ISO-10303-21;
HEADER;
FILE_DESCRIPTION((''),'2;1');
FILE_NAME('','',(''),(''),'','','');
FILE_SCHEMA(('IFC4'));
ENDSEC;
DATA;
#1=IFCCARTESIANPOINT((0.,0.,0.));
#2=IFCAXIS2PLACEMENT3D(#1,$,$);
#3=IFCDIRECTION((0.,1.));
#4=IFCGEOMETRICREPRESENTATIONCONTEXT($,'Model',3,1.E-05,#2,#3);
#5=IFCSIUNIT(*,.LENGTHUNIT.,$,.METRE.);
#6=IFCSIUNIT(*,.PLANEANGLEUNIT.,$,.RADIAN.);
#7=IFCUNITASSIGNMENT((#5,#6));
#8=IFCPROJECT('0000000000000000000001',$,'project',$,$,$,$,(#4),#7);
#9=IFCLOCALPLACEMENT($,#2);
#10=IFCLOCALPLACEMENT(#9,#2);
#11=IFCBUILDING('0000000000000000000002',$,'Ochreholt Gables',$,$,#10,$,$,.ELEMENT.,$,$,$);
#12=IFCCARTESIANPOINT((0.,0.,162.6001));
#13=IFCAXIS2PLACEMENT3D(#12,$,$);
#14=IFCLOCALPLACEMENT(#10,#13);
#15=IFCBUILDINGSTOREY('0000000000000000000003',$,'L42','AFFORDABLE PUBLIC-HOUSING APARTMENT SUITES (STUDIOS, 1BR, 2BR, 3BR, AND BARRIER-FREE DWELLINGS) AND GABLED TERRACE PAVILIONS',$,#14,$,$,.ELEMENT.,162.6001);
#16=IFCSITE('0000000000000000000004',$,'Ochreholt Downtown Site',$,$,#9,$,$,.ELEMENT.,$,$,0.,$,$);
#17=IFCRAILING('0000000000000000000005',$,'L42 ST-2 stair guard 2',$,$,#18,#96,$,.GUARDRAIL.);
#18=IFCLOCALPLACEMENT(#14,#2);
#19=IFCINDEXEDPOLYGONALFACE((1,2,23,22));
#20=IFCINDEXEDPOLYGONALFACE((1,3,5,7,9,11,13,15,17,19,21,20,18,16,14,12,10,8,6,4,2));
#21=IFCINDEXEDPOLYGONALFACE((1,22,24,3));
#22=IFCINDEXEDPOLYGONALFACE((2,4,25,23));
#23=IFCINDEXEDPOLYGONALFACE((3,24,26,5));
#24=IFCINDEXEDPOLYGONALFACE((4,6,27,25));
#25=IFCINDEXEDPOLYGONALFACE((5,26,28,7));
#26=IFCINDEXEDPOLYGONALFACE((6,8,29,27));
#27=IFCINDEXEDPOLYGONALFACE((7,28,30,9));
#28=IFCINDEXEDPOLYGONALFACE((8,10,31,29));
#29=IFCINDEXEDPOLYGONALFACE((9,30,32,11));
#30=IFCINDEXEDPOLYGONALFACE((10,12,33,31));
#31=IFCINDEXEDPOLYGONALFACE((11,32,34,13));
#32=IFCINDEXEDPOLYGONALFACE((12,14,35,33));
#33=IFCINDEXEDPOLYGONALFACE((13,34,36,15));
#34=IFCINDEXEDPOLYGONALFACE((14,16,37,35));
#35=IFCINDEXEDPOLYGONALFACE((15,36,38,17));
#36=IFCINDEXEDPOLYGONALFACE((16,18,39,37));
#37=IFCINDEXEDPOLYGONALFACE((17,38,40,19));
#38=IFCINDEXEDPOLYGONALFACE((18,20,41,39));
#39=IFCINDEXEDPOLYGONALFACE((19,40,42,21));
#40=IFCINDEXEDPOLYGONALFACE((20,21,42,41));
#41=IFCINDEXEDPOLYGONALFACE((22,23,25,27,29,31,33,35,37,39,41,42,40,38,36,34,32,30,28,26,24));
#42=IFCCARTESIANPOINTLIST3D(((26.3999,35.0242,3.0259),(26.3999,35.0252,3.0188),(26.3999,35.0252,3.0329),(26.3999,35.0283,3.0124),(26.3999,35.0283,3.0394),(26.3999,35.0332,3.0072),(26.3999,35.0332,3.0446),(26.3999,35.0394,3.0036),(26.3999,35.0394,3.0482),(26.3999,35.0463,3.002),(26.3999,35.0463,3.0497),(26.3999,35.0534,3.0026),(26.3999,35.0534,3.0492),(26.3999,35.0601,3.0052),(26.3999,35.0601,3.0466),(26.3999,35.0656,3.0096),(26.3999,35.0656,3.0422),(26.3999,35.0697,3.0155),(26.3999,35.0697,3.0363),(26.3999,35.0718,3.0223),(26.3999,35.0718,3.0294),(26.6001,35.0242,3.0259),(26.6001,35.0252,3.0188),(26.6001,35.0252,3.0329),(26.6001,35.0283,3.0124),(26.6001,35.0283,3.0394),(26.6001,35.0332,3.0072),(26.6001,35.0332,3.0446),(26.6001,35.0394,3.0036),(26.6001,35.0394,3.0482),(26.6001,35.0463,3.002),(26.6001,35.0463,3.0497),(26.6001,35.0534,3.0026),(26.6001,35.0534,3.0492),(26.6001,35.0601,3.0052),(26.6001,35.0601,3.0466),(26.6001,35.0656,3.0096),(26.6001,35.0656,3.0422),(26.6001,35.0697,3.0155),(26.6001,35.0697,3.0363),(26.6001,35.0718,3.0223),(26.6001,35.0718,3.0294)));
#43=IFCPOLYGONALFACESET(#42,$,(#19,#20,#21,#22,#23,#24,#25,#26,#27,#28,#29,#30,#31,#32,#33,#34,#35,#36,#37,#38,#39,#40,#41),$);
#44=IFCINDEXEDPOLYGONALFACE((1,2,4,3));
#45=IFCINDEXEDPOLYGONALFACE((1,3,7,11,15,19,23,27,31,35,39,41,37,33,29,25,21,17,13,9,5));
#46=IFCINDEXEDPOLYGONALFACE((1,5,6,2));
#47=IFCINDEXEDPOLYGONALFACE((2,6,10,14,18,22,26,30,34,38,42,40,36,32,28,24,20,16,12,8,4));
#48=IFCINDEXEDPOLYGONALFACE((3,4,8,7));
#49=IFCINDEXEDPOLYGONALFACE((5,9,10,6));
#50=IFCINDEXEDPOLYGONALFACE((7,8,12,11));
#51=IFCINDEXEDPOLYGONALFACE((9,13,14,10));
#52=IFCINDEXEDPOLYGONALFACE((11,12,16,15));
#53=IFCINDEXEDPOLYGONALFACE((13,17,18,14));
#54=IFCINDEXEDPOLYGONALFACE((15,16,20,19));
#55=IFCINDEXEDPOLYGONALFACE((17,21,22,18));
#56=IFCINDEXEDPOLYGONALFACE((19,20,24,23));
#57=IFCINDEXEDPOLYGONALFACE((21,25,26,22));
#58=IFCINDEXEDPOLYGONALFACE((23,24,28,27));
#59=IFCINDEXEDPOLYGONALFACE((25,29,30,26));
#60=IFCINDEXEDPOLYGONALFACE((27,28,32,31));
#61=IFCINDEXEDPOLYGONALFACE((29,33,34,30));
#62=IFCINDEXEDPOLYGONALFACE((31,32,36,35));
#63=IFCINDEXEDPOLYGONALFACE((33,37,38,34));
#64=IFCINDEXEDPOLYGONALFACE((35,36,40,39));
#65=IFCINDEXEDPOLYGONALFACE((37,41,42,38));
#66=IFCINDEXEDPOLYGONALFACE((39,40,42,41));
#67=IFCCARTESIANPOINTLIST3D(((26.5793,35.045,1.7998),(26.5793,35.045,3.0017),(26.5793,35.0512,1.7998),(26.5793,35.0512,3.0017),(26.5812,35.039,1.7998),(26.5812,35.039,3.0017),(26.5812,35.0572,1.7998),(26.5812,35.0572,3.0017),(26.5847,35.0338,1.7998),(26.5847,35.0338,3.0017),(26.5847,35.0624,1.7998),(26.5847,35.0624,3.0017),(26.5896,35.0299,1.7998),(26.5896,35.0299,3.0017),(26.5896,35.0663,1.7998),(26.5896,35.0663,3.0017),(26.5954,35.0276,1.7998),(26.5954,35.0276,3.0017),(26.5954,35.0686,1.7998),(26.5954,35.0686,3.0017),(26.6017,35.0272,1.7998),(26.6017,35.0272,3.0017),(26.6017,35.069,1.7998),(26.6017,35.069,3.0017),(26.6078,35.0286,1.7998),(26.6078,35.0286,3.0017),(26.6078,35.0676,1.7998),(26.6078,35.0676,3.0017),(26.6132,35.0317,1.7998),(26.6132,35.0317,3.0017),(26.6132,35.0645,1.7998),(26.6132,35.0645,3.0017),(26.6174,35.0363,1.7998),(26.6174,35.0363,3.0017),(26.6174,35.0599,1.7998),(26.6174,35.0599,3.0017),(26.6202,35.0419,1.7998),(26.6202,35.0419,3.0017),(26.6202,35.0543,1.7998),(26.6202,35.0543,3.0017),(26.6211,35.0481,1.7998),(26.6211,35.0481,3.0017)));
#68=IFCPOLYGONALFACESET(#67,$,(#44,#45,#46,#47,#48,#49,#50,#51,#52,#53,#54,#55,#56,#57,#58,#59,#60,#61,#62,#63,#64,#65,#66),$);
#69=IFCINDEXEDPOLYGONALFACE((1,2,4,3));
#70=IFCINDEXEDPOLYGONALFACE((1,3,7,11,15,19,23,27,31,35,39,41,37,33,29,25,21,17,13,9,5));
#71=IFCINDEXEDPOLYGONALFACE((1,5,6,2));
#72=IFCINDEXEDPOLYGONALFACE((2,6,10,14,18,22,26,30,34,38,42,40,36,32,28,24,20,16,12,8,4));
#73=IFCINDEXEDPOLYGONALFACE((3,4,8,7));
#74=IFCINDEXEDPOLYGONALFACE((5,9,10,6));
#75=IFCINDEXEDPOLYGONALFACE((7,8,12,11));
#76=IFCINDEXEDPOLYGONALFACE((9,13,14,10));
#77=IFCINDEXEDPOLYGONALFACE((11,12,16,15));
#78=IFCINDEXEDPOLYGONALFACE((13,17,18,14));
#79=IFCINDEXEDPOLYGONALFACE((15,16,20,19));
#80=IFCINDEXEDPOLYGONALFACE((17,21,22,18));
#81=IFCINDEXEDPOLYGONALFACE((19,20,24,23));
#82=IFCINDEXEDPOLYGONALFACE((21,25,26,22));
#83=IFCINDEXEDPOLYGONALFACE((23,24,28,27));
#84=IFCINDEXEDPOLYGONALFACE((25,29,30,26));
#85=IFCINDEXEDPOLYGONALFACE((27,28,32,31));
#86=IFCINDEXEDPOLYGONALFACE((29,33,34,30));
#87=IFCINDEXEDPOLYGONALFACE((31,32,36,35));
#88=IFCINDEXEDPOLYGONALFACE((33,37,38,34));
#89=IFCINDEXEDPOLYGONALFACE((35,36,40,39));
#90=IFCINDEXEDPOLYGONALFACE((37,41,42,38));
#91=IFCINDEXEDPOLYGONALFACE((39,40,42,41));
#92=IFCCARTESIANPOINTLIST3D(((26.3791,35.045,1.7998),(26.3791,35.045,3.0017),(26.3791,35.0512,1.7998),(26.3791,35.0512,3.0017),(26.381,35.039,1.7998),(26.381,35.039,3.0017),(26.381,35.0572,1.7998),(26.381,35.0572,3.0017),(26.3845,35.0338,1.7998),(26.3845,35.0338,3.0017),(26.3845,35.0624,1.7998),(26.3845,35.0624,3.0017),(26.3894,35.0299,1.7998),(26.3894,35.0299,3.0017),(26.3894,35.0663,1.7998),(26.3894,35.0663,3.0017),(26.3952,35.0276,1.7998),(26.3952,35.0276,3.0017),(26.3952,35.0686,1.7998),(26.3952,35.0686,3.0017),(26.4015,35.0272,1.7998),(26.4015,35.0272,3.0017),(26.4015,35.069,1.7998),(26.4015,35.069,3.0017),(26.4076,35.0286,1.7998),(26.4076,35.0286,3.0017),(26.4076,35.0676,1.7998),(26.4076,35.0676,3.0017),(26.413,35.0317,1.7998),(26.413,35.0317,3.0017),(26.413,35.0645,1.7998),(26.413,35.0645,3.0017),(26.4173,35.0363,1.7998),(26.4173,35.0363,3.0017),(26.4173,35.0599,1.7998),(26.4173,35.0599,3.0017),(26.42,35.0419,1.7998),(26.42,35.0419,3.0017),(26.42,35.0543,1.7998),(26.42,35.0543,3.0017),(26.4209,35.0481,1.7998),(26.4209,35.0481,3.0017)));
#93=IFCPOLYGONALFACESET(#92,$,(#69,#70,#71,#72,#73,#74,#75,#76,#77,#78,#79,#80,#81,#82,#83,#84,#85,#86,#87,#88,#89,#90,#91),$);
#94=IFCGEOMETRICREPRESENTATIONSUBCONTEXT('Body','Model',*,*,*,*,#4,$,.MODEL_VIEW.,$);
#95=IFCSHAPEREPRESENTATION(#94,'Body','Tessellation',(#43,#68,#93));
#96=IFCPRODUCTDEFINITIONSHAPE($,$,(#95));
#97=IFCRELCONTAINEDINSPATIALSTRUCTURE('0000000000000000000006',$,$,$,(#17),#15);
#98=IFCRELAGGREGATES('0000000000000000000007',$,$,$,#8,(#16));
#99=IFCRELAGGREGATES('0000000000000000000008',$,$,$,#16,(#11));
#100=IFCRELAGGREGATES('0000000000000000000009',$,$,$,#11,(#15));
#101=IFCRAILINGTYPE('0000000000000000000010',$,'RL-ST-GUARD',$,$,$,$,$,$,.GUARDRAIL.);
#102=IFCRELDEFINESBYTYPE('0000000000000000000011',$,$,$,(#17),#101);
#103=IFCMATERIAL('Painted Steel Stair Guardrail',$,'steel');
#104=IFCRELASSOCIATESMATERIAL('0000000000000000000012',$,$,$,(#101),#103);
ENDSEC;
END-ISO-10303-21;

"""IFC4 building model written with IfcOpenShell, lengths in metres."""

from ifc_helpers import new_model, si_unit, direction, frame, origin, origin_2d, place, context, subcontext, project, spatial, circle, extrude, material, type_object, element, save


model = new_model("IFC4")

# Units and contexts
model_context = context("Model", 3, precision=1e-05, world=origin(), true_north=direction((0.0, 1.0)))
body_context = subcontext(model_context, "Body", "Model", "MODEL_VIEW")
ifc_project = project(units=[si_unit("LENGTHUNIT", "METRE"), si_unit("PLANEANGLEUNIT", "RADIAN")], contexts=[model_context])

# Site, building, storey
site_placement = place(None, origin())
site = spatial("IfcSite", under=ifc_project, at=site_placement, Name="Ochreholt Downtown Site", CompositionType="ELEMENT", RefElevation=0.0)
building_placement = place(site_placement, origin())
building = spatial("IfcBuilding", under=site, at=building_placement, Name="Ochreholt Gables", CompositionType="ELEMENT")
storey_placement = place(building_placement, frame((0.0, 0.0, 162.6001)))
storey = spatial("IfcBuildingStorey", under=building, at=storey_placement, Name="L42", Description="AFFORDABLE PUBLIC-HOUSING APARTMENT SUITES (STUDIOS, 1BR, 2BR, 3BR, AND BARRIER-FREE DWELLINGS) AND GABLED TERRACE PAVILIONS", CompositionType="ELEMENT", Elevation=162.6001)

# Railing
ifc_material_1 = material(Name="Painted Steel Stair Guardrail", Category="steel")
railing_type_1 = type_object("IfcRailingType", Name="RL-ST-GUARD", PredefinedType="GUARDRAIL", material=ifc_material_1)
railing_1_placement = place(storey_placement, frame((26.6001, 35.0481, 1.7998)))
element("IfcRailing", 1, at=railing_1_placement, inside=storey, type_object=railing_type_1, Name="L42 ST-2 stair guard 2", PredefinedType="GUARDRAIL", context=body_context, shape_type="SweptSolid", body=[
    extrude(circle(Radius=0.0239, at=origin_2d()), frame((0.0, 0.0, 1.2261), z_axis=(-1.0, 0.0, 0.0), x_axis=(0.0, -1.0, 0.0)), (0.0, 0.0, 1.0), 0.2002),
    extrude(circle(Radius=0.021, at=origin_2d()), origin(), (0.0, 0.0, 1.0), 1.2019),
    extrude(circle(Radius=0.021, at=origin_2d()), frame((-0.2002, 0.0, 0.0)), (0.0, 0.0, 1.0), 1.2019),
])

save(model, "model.ifc")
